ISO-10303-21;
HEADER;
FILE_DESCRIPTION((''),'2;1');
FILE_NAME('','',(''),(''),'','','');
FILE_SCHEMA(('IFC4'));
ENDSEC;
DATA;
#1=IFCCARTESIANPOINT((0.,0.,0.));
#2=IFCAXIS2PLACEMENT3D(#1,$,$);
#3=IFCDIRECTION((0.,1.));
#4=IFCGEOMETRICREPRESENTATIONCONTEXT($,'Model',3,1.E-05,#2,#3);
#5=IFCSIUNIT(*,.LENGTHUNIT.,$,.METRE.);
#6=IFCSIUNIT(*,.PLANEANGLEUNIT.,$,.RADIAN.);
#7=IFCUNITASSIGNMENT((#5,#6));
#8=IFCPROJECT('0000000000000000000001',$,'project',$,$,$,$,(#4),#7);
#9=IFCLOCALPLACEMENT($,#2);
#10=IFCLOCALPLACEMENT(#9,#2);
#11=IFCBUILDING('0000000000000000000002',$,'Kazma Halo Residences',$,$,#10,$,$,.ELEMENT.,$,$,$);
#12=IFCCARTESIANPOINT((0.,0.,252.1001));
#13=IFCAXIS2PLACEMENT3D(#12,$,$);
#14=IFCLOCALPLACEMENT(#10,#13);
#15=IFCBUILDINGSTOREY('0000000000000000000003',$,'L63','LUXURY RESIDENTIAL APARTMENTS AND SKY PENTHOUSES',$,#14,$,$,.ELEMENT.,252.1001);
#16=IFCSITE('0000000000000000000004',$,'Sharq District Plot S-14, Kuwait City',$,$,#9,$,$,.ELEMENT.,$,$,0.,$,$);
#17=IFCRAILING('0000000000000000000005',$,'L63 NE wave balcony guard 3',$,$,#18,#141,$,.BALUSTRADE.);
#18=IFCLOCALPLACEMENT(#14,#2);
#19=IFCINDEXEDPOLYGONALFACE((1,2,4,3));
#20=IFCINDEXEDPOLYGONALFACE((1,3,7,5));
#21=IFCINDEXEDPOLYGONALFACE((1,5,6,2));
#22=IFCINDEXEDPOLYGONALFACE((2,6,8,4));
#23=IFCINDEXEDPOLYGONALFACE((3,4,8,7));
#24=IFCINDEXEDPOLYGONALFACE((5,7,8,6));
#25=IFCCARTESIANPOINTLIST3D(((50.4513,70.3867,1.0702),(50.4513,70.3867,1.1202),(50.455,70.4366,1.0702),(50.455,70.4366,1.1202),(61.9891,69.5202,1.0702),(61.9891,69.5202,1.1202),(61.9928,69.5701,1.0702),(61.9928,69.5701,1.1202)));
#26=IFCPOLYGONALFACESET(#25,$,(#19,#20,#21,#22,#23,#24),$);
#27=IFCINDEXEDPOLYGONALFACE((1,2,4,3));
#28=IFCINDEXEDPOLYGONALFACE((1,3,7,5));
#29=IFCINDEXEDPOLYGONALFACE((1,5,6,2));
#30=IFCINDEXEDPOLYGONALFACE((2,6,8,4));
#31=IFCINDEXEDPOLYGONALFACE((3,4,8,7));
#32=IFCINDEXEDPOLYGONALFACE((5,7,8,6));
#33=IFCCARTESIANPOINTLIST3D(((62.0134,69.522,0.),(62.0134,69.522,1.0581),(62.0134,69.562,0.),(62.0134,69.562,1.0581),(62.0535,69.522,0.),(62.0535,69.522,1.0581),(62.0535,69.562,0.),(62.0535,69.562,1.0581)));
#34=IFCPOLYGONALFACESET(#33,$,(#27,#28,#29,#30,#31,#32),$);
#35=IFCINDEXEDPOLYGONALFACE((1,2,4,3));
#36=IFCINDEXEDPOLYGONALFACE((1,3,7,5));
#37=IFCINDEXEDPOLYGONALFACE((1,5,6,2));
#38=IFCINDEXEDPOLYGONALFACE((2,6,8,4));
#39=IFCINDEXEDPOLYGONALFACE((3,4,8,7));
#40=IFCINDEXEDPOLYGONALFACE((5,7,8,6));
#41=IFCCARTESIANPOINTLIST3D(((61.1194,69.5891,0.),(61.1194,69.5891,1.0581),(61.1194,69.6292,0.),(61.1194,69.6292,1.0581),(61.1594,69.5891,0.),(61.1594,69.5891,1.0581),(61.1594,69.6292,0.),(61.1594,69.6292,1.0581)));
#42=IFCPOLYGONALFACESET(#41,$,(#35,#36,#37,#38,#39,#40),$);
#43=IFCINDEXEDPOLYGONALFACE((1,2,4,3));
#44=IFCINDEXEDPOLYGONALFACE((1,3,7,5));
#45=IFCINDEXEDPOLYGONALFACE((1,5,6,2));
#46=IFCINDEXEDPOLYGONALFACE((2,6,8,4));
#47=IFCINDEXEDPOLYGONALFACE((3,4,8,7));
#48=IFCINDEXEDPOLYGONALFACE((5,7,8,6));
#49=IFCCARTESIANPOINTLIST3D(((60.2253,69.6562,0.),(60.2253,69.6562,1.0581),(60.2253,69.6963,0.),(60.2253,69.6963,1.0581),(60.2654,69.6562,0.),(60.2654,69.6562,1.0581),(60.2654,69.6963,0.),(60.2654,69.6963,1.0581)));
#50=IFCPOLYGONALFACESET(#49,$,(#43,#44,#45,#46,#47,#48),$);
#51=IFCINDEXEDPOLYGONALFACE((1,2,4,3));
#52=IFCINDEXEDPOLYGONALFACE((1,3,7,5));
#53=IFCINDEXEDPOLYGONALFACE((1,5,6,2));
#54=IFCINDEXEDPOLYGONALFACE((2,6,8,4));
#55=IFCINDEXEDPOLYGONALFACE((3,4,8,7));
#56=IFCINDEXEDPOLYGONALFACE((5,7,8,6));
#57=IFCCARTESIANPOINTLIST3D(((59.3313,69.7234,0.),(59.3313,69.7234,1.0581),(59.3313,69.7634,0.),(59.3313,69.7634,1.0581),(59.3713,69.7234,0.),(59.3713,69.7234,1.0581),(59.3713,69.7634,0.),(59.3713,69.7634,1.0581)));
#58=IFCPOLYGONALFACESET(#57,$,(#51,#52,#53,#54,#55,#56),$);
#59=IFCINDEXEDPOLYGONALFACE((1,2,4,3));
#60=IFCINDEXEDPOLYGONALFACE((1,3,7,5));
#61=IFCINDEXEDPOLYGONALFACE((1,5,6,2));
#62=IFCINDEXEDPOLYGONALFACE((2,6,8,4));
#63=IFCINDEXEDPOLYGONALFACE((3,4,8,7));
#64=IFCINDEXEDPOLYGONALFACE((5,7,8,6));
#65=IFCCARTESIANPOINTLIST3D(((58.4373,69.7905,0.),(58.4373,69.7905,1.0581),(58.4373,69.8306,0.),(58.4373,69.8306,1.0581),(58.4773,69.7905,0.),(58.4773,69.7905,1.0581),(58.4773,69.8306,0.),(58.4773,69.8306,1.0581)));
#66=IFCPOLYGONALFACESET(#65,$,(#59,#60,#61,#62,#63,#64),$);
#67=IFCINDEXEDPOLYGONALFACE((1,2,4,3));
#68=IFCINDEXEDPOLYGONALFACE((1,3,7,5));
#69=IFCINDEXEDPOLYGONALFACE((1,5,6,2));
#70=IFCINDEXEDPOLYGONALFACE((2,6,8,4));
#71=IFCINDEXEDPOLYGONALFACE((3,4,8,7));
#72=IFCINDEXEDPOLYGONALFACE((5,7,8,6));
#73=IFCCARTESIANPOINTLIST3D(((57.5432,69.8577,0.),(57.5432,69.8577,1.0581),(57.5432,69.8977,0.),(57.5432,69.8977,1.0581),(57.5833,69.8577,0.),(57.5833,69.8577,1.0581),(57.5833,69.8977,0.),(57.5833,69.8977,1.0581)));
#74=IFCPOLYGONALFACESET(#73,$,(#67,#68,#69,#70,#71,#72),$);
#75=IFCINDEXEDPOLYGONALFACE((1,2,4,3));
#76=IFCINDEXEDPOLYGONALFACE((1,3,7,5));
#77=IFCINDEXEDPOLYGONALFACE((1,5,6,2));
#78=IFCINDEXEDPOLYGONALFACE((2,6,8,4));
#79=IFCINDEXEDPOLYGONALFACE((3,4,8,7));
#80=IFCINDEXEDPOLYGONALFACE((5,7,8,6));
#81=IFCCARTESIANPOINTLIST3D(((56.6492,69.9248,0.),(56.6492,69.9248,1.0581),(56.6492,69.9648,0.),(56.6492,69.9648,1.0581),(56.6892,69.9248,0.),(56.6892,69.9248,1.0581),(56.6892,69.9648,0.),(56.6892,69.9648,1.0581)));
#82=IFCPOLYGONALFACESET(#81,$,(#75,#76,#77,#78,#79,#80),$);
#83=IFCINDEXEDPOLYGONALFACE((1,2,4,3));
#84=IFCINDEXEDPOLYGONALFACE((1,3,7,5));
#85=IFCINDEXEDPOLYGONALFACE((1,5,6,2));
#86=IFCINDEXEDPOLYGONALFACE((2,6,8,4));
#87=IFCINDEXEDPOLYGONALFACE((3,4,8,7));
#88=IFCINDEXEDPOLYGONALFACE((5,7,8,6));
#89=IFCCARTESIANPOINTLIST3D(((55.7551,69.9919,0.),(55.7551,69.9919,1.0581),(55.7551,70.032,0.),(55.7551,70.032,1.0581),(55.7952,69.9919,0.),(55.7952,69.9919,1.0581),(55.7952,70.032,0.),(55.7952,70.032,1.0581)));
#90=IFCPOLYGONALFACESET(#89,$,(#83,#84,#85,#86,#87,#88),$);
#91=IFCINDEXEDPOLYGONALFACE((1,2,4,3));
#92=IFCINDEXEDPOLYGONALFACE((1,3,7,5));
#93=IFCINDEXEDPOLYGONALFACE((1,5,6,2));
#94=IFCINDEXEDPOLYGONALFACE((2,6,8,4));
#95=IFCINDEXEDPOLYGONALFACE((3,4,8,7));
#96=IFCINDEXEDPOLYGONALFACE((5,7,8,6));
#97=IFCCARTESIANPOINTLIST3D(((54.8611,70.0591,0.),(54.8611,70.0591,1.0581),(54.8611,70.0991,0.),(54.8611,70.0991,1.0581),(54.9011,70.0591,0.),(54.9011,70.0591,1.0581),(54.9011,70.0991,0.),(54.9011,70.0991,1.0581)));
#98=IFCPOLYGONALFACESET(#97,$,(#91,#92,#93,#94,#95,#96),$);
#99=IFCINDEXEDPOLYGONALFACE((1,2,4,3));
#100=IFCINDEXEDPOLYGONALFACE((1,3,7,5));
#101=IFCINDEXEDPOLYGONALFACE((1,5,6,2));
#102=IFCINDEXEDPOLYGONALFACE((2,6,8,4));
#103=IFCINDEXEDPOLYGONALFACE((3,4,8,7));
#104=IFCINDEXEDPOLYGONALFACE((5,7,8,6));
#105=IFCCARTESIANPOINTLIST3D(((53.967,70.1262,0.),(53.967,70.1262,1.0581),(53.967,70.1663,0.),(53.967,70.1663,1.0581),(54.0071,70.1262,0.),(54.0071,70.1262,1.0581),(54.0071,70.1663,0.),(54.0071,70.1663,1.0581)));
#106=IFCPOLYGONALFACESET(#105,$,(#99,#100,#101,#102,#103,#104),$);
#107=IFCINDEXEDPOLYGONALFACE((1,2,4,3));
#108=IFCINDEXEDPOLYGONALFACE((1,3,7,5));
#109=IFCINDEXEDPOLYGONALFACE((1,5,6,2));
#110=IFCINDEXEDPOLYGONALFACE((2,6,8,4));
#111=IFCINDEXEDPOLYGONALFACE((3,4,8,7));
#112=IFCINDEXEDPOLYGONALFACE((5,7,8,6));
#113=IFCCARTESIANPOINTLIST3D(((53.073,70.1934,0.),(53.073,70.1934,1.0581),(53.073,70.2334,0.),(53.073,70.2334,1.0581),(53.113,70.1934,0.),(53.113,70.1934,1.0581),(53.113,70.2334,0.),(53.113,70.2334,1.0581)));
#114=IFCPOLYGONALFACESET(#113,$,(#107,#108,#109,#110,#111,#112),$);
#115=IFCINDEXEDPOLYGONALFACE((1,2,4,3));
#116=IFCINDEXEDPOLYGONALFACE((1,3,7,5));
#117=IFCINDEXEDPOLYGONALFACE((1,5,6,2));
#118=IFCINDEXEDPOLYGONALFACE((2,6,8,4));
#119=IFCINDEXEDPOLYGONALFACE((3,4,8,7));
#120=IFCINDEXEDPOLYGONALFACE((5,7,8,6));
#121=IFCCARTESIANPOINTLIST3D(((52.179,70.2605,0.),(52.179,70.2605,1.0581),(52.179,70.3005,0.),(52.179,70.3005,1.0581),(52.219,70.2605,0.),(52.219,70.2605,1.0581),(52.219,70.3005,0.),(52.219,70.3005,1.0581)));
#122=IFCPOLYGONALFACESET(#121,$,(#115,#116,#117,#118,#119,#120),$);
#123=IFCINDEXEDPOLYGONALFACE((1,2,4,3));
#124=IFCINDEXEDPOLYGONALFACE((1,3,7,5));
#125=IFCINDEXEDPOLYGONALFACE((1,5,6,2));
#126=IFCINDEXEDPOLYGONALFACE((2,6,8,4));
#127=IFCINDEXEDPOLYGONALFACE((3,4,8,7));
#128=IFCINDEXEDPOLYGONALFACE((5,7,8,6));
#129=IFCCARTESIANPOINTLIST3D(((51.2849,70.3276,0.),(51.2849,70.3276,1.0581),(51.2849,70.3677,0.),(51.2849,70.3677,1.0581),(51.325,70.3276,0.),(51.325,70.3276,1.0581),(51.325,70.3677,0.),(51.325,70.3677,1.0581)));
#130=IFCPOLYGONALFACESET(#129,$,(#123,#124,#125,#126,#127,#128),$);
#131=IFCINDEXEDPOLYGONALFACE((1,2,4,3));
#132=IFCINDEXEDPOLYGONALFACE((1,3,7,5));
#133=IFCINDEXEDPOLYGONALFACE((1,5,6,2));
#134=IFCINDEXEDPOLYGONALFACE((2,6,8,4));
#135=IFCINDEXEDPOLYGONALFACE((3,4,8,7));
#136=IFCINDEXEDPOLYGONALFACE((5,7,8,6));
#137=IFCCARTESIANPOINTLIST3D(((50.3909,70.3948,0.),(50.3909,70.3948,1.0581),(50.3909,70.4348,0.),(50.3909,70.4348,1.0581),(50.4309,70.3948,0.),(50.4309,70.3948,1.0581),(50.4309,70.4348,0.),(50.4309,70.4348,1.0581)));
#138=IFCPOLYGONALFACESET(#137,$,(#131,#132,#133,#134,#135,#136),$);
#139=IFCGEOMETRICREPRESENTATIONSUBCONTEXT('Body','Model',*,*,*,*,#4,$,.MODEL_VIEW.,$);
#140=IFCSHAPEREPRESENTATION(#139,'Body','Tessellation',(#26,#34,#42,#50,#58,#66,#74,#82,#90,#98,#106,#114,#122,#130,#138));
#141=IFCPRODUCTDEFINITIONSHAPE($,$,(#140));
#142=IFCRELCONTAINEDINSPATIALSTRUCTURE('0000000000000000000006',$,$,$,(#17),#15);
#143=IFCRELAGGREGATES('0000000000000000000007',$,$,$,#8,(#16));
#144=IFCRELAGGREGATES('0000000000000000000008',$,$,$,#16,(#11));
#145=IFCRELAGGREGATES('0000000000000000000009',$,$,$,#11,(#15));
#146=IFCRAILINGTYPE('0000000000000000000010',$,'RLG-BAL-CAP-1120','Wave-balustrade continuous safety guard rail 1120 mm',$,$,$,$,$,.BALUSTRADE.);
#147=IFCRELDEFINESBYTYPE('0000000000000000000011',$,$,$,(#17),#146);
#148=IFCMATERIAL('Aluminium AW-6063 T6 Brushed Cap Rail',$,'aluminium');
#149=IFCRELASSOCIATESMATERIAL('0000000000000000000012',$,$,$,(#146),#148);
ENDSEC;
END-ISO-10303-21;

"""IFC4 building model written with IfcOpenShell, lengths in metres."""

from ifc_helpers import new_model, si_unit, direction, frame, origin, origin_2d, place, context, subcontext, project, spatial, rectangle, extrude, material, type_object, element, save


model = new_model("IFC4")

# Units and contexts
model_context = context("Model", 3, precision=1e-05, world=origin(), true_north=direction((0.0, 1.0)))
body_context = subcontext(model_context, "Body", "Model", "MODEL_VIEW")
ifc_project = project(units=[si_unit("LENGTHUNIT", "METRE"), si_unit("PLANEANGLEUNIT", "RADIAN")], contexts=[model_context])

# Site, building, storey
site_placement = place(None, origin())
site = spatial("IfcSite", under=ifc_project, at=site_placement, Name="Sharq District Plot S-14, Kuwait City", CompositionType="ELEMENT", RefElevation=0.0)
building_placement = place(site_placement, origin())
building = spatial("IfcBuilding", under=site, at=building_placement, Name="Kazma Halo Residences", CompositionType="ELEMENT")
storey_placement = place(building_placement, frame((0.0, 0.0, 252.1001)))
storey = spatial("IfcBuildingStorey", under=building, at=storey_placement, Name="L63", Description="LUXURY RESIDENTIAL APARTMENTS AND SKY PENTHOUSES", CompositionType="ELEMENT", Elevation=252.1001)

# Railing
ifc_material_1 = material(Name="Aluminium AW-6063 T6 Brushed Cap Rail", Category="aluminium")
railing_type = type_object("IfcRailingType", Name="RLG-BAL-CAP-1120", Description="Wave-balustrade continuous safety guard rail 1120 mm", PredefinedType="BALUSTRADE", material=ifc_material_1)
railing_1_placement = place(storey_placement, frame((62.0334, 69.542, 0.0)))
element("IfcRailing", 1, at=railing_1_placement, inside=storey, type_object=railing_type, Name="L63 NE wave balcony guard 3", PredefinedType="BALUSTRADE", context=body_context, shape_type="SweptSolid", body=[
    extrude(rectangle(XDim=0.05, YDim=0.05, at=origin_2d()), frame((-0.0425, 0.0032, 1.0952), z_axis=(-0.997192, 0.074885, 0.0), x_axis=(-0.074885, -0.997192, 0.0)), (0.0, 0.0, 1.0), 11.5703),
    extrude(rectangle(XDim=0.04, YDim=0.04, at=origin_2d()), origin(), (0.0, 0.0, 1.0), 1.0581),
    extrude(rectangle(XDim=0.04, YDim=0.04, at=origin_2d()), frame((-0.894, 0.0671, 0.0)), (0.0, 0.0, 1.0), 1.0581),
    extrude(rectangle(XDim=0.04, YDim=0.04, at=origin_2d()), frame((-1.7881, 0.1343, 0.0)), (0.0, 0.0, 1.0), 1.0581),
    extrude(rectangle(XDim=0.04, YDim=0.04, at=origin_2d()), frame((-2.6821, 0.2014, 0.0)), (0.0, 0.0, 1.0), 1.0581),
    extrude(rectangle(XDim=0.04, YDim=0.04, at=origin_2d()), frame((-3.5762, 0.2686, 0.0)), (0.0, 0.0, 1.0), 1.0581),
    extrude(rectangle(XDim=0.04, YDim=0.04, at=origin_2d()), frame((-4.4702, 0.3357, 0.0)), (0.0, 0.0, 1.0), 1.0581),
    extrude(rectangle(XDim=0.04, YDim=0.04, at=origin_2d()), frame((-5.3643, 0.4028, 0.0)), (0.0, 0.0, 1.0), 1.0581),
    extrude(rectangle(XDim=0.04, YDim=0.04, at=origin_2d()), frame((-6.2583, 0.47, 0.0)), (0.0, 0.0, 1.0), 1.0581),
    extrude(rectangle(XDim=0.04, YDim=0.04, at=origin_2d()), frame((-7.1523, 0.5371, 0.0)), (0.0, 0.0, 1.0), 1.0581),
    extrude(rectangle(XDim=0.04, YDim=0.04, at=origin_2d()), frame((-8.0464, 0.6042, 0.0)), (0.0, 0.0, 1.0), 1.0581),
    extrude(rectangle(XDim=0.04, YDim=0.04, at=origin_2d()), frame((-8.9404, 0.6714, 0.0)), (0.0, 0.0, 1.0), 1.0581),
    extrude(rectangle(XDim=0.04, YDim=0.04, at=origin_2d()), frame((-9.8345, 0.7385, 0.0)), (0.0, 0.0, 1.0), 1.0581),
    extrude(rectangle(XDim=0.04, YDim=0.04, at=origin_2d()), frame((-10.7285, 0.8057, 0.0)), (0.0, 0.0, 1.0), 1.0581),
    extrude(rectangle(XDim=0.04, YDim=0.04, at=origin_2d()), frame((-11.6226, 0.8728, 0.0)), (0.0, 0.0, 1.0), 1.0581),
])

save(model, "model.ifc")
